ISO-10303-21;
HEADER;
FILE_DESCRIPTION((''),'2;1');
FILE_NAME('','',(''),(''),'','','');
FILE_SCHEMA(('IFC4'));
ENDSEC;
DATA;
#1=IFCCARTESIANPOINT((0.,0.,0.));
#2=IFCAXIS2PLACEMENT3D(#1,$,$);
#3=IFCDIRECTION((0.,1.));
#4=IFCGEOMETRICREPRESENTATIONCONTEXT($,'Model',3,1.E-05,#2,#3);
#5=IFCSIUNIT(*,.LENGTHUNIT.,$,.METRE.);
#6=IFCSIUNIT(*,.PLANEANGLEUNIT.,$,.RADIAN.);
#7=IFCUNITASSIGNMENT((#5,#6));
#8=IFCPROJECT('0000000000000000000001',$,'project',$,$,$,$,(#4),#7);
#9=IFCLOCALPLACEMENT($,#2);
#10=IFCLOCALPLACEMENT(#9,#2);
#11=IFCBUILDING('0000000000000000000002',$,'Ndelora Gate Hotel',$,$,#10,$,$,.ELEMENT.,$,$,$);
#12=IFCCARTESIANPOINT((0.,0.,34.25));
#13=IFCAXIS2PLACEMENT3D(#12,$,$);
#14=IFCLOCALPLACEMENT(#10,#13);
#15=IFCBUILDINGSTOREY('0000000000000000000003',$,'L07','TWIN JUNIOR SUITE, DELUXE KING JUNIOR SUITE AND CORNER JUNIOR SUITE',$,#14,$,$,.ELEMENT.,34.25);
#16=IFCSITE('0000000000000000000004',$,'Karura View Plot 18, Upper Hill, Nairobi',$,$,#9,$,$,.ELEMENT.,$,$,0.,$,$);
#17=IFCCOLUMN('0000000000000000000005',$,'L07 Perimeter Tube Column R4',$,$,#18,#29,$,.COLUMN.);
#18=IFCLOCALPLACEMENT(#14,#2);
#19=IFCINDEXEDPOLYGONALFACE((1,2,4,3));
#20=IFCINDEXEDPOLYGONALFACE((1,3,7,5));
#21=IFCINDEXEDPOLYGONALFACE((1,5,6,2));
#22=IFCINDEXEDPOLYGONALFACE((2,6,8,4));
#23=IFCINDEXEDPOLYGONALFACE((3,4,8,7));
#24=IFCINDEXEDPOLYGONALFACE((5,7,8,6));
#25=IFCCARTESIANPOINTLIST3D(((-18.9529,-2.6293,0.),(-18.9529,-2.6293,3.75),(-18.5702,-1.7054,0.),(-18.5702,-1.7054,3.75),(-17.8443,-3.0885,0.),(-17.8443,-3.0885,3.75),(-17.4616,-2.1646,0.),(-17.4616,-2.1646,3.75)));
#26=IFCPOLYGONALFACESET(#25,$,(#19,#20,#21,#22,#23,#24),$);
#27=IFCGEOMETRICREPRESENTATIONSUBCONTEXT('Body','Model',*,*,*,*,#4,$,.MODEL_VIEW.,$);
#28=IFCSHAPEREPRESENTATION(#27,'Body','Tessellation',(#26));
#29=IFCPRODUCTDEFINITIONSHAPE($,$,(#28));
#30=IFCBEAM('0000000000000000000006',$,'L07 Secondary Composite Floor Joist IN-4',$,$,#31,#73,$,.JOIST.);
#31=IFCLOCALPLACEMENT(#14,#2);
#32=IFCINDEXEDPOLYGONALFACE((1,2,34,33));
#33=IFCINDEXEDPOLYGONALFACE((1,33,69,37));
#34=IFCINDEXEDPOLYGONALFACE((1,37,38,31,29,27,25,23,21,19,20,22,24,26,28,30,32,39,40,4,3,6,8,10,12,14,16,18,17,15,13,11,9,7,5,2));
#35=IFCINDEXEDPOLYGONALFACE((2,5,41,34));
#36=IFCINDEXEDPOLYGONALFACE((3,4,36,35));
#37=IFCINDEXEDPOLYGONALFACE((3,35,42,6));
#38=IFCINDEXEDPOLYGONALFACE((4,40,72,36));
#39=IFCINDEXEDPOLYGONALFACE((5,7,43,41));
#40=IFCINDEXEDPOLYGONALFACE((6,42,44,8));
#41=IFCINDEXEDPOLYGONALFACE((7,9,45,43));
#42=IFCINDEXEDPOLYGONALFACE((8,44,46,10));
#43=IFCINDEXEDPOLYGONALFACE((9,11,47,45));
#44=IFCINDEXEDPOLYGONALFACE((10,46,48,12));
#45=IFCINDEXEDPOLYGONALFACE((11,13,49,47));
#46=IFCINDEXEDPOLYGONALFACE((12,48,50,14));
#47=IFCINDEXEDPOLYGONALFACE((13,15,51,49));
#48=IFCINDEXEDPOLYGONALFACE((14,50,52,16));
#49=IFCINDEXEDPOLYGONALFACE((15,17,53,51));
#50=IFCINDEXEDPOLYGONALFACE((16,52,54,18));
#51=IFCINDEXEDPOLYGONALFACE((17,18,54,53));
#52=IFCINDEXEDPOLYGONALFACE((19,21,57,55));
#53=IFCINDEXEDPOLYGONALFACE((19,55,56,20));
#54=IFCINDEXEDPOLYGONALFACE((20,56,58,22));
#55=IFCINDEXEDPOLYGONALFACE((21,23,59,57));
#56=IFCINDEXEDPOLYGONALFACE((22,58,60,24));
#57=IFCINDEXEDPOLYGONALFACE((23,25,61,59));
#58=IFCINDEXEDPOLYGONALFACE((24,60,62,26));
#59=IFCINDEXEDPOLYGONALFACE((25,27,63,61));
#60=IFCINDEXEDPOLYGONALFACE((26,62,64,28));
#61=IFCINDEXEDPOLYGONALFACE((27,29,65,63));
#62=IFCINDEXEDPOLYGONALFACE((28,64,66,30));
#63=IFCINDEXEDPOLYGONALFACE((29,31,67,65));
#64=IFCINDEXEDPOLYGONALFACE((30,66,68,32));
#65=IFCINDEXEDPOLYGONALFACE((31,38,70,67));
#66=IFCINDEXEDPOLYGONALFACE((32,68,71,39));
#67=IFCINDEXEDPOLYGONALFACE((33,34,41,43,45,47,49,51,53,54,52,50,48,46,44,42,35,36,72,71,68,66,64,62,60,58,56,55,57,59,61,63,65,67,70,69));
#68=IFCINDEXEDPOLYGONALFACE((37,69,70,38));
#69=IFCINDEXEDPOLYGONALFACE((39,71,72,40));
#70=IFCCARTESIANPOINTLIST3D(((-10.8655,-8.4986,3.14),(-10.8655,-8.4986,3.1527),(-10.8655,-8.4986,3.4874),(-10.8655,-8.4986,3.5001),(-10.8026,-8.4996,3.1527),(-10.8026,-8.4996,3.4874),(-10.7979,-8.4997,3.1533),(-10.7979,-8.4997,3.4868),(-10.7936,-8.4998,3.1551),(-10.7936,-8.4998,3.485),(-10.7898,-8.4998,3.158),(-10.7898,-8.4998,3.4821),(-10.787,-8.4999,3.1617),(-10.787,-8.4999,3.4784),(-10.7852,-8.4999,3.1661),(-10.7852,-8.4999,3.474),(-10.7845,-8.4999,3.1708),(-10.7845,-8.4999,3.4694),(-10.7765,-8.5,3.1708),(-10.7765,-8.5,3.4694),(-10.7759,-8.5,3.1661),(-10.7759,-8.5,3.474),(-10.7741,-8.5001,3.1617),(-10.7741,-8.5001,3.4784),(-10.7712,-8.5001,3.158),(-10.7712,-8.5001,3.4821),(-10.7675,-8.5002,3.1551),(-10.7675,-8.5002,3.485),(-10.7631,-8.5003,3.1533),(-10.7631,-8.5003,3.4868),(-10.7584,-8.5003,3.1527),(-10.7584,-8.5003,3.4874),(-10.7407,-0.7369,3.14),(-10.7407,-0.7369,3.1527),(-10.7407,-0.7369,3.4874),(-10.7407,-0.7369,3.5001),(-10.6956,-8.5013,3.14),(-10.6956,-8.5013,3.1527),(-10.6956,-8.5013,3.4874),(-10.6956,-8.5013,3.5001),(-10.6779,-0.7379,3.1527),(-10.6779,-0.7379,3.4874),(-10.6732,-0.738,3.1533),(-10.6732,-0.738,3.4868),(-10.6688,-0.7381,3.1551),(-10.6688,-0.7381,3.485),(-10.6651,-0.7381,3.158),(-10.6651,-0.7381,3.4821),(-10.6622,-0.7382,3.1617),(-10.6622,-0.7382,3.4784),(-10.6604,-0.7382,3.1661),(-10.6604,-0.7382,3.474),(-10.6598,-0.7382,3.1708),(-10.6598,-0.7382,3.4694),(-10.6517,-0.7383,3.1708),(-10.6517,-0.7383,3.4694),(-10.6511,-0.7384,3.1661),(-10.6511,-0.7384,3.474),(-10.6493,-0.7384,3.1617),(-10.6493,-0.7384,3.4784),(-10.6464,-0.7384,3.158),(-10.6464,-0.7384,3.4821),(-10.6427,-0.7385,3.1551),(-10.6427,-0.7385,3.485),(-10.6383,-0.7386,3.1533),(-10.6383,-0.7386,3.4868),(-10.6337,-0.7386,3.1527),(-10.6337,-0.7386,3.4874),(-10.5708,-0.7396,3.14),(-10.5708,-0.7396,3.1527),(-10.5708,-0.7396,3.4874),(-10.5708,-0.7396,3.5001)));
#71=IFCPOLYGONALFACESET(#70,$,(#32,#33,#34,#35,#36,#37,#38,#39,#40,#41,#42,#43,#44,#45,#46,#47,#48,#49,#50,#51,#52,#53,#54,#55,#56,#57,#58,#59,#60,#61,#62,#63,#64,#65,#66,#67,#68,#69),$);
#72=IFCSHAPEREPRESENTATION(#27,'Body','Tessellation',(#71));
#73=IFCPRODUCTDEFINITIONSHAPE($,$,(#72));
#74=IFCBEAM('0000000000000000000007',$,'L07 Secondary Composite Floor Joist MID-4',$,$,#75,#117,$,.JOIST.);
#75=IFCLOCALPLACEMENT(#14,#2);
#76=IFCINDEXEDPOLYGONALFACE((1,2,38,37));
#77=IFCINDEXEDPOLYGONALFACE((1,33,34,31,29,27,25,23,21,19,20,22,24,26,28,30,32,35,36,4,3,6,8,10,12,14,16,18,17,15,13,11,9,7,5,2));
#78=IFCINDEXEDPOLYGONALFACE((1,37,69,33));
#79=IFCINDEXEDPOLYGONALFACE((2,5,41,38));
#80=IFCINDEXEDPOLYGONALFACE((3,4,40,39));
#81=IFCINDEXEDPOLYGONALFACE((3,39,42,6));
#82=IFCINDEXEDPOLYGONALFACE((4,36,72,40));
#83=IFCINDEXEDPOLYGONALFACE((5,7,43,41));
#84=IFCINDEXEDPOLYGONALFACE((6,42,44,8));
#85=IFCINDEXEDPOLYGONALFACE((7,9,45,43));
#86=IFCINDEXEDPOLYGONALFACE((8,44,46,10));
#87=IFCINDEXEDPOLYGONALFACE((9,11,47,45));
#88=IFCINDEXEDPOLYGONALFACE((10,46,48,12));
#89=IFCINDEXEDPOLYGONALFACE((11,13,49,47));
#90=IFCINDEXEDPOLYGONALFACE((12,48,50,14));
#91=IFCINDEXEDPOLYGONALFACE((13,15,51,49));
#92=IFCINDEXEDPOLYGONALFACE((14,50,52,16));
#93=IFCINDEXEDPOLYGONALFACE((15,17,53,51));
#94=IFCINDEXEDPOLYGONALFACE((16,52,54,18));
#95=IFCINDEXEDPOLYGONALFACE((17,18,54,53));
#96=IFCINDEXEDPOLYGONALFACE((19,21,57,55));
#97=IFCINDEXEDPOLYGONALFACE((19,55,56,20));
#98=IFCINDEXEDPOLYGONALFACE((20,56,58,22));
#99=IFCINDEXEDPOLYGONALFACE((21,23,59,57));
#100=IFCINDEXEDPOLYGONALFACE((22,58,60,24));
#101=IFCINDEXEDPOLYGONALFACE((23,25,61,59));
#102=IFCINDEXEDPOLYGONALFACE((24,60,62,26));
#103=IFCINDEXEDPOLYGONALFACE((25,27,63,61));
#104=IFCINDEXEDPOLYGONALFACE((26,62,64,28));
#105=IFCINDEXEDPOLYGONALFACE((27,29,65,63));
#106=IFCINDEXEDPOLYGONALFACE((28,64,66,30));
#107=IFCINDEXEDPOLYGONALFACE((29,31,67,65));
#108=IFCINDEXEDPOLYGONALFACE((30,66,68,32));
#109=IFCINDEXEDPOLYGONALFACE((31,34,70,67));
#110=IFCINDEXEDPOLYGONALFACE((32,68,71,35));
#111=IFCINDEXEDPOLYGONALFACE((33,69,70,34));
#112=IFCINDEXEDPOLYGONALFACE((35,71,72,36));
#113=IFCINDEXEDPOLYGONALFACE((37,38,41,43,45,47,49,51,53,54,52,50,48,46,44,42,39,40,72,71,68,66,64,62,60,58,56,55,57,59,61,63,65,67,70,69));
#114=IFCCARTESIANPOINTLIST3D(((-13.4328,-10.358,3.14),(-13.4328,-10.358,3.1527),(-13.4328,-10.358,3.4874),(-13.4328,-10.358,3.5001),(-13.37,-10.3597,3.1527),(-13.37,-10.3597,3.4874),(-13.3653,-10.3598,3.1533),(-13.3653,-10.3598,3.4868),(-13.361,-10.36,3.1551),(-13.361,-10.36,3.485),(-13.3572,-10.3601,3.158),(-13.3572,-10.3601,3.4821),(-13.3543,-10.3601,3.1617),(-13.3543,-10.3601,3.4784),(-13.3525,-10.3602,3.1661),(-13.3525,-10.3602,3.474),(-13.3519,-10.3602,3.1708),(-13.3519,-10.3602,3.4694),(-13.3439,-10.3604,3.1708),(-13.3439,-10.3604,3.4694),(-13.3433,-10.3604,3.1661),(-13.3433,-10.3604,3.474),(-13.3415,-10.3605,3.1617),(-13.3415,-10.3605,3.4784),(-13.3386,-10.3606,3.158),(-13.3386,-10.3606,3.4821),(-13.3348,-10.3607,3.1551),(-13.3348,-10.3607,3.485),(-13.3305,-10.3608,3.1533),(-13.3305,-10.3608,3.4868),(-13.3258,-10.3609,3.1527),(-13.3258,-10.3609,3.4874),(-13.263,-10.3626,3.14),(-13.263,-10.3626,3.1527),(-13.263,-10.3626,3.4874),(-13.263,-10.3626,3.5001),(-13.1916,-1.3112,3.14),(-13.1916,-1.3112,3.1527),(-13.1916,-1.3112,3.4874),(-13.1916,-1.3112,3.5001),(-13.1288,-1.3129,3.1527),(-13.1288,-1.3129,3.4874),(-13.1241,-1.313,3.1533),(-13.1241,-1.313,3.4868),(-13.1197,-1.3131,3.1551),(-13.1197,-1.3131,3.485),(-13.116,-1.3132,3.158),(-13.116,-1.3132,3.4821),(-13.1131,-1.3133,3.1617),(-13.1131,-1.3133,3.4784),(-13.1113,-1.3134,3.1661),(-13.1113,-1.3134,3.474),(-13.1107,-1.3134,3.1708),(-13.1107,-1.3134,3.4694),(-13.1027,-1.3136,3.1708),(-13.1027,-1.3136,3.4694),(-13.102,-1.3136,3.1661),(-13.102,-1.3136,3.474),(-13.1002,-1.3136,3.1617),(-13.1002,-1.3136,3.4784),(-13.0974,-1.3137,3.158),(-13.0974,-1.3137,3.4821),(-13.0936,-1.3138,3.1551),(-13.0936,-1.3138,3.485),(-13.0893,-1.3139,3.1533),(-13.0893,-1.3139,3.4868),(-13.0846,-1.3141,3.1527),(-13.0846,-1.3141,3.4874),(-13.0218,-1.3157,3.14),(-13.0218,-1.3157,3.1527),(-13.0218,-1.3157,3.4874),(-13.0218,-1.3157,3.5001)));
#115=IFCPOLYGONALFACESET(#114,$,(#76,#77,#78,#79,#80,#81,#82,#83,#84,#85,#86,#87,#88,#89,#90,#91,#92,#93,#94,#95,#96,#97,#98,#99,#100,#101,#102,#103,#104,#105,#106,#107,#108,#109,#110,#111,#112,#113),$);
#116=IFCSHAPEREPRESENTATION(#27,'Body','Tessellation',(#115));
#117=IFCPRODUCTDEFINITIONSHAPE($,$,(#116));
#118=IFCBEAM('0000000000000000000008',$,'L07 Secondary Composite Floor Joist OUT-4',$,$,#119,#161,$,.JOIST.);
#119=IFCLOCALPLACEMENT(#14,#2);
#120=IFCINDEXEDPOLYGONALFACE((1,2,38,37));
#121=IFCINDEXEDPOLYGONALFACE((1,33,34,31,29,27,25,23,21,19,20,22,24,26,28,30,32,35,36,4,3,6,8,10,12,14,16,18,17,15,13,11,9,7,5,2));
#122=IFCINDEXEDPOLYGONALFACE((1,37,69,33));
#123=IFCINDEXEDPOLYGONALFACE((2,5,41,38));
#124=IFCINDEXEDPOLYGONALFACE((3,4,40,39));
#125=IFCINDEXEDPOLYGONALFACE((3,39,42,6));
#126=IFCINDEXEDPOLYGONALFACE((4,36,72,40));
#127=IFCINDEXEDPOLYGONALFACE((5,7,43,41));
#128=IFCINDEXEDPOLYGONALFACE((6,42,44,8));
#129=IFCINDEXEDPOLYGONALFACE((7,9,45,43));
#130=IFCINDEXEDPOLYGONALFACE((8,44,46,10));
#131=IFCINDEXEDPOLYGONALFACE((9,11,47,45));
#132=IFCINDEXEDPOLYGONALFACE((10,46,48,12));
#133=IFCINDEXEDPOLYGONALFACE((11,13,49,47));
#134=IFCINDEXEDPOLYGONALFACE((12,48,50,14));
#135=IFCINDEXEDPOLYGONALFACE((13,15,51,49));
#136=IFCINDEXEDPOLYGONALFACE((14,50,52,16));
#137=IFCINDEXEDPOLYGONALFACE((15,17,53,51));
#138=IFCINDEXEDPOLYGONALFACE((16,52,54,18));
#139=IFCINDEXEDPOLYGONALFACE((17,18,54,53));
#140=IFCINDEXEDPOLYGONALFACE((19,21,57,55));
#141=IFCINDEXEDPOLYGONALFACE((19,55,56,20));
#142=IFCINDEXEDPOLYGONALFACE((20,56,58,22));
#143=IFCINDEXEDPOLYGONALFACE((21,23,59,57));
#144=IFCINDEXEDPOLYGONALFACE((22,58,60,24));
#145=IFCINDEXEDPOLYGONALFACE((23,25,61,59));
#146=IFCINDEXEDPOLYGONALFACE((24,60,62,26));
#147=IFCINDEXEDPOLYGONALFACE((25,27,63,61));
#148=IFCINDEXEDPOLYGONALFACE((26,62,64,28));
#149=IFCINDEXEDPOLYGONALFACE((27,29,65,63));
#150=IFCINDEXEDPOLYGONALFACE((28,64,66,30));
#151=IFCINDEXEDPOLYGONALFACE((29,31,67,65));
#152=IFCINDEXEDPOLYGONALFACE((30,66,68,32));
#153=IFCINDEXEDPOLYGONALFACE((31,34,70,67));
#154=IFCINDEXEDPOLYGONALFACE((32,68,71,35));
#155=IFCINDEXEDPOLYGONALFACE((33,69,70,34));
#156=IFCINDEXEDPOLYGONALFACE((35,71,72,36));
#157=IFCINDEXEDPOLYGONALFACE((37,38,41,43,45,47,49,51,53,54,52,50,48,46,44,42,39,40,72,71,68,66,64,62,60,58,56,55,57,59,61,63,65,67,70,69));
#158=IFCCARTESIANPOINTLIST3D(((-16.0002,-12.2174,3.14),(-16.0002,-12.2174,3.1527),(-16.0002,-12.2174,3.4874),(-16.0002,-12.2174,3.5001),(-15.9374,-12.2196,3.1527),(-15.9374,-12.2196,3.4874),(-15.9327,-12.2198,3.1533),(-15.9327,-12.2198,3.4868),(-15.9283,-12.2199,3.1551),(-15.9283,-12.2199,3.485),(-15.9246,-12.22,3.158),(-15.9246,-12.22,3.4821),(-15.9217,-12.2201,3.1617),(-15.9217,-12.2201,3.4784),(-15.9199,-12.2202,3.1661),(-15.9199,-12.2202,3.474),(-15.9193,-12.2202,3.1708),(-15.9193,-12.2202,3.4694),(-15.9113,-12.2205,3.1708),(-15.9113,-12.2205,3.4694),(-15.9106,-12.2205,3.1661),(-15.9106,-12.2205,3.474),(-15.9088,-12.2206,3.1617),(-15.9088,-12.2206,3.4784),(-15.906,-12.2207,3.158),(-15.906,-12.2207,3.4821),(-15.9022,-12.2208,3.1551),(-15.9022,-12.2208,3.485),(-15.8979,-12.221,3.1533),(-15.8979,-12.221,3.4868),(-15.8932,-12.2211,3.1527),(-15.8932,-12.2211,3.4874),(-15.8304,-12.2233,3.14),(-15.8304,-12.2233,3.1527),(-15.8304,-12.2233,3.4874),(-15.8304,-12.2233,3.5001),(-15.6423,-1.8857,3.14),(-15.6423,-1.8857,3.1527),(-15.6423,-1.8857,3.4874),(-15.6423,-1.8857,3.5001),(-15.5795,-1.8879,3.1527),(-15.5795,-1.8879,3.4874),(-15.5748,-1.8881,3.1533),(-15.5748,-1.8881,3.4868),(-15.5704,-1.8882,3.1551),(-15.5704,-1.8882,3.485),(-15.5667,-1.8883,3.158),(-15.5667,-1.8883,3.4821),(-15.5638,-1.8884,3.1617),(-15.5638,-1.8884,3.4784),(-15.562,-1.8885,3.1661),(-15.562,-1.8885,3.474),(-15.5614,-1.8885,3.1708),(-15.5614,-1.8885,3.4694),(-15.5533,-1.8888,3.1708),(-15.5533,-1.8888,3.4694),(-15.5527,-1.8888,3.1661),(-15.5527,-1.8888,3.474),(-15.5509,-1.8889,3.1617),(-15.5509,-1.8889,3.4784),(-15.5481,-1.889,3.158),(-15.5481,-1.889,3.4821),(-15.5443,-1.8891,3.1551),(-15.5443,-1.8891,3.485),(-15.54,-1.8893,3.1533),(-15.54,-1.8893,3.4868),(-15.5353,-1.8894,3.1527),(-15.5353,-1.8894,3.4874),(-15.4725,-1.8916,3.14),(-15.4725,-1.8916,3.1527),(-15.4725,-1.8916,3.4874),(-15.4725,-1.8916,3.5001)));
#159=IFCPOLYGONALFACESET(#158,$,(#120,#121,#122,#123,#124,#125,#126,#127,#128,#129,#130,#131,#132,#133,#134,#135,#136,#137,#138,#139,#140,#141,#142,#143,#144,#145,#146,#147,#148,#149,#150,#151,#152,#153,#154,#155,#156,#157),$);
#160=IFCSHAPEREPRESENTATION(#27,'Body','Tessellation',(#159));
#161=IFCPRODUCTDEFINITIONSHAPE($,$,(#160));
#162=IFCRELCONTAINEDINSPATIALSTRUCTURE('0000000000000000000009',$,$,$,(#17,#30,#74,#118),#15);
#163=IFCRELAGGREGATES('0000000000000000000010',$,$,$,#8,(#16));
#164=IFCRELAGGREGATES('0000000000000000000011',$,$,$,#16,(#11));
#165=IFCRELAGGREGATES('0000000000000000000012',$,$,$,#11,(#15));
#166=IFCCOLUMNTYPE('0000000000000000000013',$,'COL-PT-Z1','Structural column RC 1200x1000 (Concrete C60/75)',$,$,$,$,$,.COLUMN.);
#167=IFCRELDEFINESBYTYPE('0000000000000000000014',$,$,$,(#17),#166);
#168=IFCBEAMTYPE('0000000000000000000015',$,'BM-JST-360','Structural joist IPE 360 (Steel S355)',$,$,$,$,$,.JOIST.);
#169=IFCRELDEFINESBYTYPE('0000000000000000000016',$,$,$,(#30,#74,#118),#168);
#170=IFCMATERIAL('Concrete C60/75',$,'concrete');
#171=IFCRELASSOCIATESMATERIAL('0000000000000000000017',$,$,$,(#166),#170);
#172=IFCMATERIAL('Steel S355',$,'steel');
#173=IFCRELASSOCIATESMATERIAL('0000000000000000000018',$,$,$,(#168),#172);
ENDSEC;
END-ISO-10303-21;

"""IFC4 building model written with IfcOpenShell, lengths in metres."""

from ifc_helpers import new_model, si_unit, direction, frame, origin, origin_2d, place, context, subcontext, project, spatial, rectangle, i_section, extrude, material, material_profile, profile_set, type_object, element, save


model = new_model("IFC4")

# Units and contexts
model_context = context("Model", 3, precision=1e-05, world=origin(), true_north=direction((0.0, 1.0)))
body_context = subcontext(model_context, "Body", "Model", "MODEL_VIEW")
ifc_project = project(units=[si_unit("LENGTHUNIT", "METRE"), si_unit("PLANEANGLEUNIT", "RADIAN")], contexts=[model_context])

# Site, building, storey
site_placement = place(None, origin())
site = spatial("IfcSite", under=ifc_project, at=site_placement, Name="Karura View Plot 18, Upper Hill, Nairobi", CompositionType="ELEMENT", RefElevation=0.0)
building_placement = place(site_placement, origin())
building = spatial("IfcBuilding", under=site, at=building_placement, Name="Ndelora Gate Hotel", CompositionType="ELEMENT")
storey_placement = place(building_placement, frame((0.0, 0.0, 34.25)))
storey = spatial("IfcBuildingStorey", under=building, at=storey_placement, Name="L07", Description="TWIN JUNIOR SUITE, DELUXE KING JUNIOR SUITE AND CORNER JUNIOR SUITE", CompositionType="ELEMENT", Elevation=34.25)

# Column
ifc_material_1 = material(Name="Concrete C60/75", Category="concrete")
ifc_material_profile_1 = material_profile(ifc_material_1, rectangle(XDim=1.0, YDim=1.2, at=origin_2d()), Name="RC 1200x1000")
ifc_profile_set_1 = profile_set([ifc_material_profile_1], Name="Concrete C60/75")
column_type = type_object("IfcColumnType", Name="COL-PT-Z1", Description="Structural column RC 1200x1000 (Concrete C60/75)", PredefinedType="COLUMN", material=ifc_profile_set_1)
column_placement = place(storey_placement, frame((-18.2073, -2.397, 0.0), z_axis=(0.0, 0.0, 1.0), x_axis=(0.382683, 0.92388, 0.0)))
element("IfcColumn", 1, at=column_placement, inside=storey, type_object=column_type, Name="L07 Perimeter Tube Column R4", PredefinedType="COLUMN", context=body_context, shape_type="SweptSolid", body=[
    extrude(rectangle(XDim=1.0, YDim=1.2, at=origin_2d()), origin(), (0.0, 0.0, 1.0), 3.75),
])

# Beams
ifc_material_2 = material(Name="Steel S355", Category="steel")
ifc_material_profile_2 = material_profile(ifc_material_2, i_section(OverallWidth=0.1699, OverallDepth=0.3601, WebThickness=0.0081, FlangeThickness=0.0127, FilletRadius=0.0181, at=origin_2d()), Name="IPE 360")
ifc_profile_set_2 = profile_set([ifc_material_profile_2], Name="Steel S355")
beam_type_1 = type_object("IfcBeamType", Name="BM-JST-360", Description="Structural joist IPE 360 (Steel S355)", PredefinedType="JOIST", material=ifc_profile_set_2)
beam_1_placement = place(storey_placement, frame((-10.6558, -0.7383, 3.3201), z_axis=(-0.016071, -0.999871, 0.0), x_axis=(0.999871, -0.016071, 0.0)))
element("IfcBeam", 2, at=beam_1_placement, inside=storey, type_object=beam_type_1, Name="L07 Secondary Composite Floor Joist IN-4", PredefinedType="JOIST", context=body_context, shape_type="SweptSolid", body=[
    extrude(i_section(OverallWidth=0.1699, OverallDepth=0.3601, WebThickness=0.0081, FlangeThickness=0.0127, FilletRadius=0.0181, at=origin_2d()), origin(), (0.0, 0.0, 1.0), 7.7627),
])
beam_2_placement = place(storey_placement, frame((-13.1067, -1.3135, 3.3201), z_axis=(-0.026653, -0.999645, 0.0), x_axis=(0.999645, -0.026653, 0.0)))
element("IfcBeam", 3, at=beam_2_placement, inside=storey, type_object=beam_type_1, Name="L07 Secondary Composite Floor Joist MID-4", PredefinedType="JOIST", context=body_context, shape_type="SweptSolid", body=[
    extrude(i_section(OverallWidth=0.1699, OverallDepth=0.3601, WebThickness=0.0081, FlangeThickness=0.0127, FilletRadius=0.0181, at=origin_2d()), origin(), (0.0, 0.0, 1.0), 9.05),
])
beam_3_placement = place(storey_placement, frame((-15.5574, -1.8887, 3.3201), z_axis=(-0.034621, -0.999401, 0.0), x_axis=(0.999401, -0.034621, 0.0)))
element("IfcBeam", 4, at=beam_3_placement, inside=storey, type_object=beam_type_1, Name="L07 Secondary Composite Floor Joist OUT-4", PredefinedType="JOIST", context=body_context, shape_type="SweptSolid", body=[
    extrude(i_section(OverallWidth=0.1699, OverallDepth=0.3601, WebThickness=0.0081, FlangeThickness=0.0127, FilletRadius=0.0181, at=origin_2d()), origin(), (0.0, 0.0, 1.0), 10.3379),
])

save(model, "model.ifc")
